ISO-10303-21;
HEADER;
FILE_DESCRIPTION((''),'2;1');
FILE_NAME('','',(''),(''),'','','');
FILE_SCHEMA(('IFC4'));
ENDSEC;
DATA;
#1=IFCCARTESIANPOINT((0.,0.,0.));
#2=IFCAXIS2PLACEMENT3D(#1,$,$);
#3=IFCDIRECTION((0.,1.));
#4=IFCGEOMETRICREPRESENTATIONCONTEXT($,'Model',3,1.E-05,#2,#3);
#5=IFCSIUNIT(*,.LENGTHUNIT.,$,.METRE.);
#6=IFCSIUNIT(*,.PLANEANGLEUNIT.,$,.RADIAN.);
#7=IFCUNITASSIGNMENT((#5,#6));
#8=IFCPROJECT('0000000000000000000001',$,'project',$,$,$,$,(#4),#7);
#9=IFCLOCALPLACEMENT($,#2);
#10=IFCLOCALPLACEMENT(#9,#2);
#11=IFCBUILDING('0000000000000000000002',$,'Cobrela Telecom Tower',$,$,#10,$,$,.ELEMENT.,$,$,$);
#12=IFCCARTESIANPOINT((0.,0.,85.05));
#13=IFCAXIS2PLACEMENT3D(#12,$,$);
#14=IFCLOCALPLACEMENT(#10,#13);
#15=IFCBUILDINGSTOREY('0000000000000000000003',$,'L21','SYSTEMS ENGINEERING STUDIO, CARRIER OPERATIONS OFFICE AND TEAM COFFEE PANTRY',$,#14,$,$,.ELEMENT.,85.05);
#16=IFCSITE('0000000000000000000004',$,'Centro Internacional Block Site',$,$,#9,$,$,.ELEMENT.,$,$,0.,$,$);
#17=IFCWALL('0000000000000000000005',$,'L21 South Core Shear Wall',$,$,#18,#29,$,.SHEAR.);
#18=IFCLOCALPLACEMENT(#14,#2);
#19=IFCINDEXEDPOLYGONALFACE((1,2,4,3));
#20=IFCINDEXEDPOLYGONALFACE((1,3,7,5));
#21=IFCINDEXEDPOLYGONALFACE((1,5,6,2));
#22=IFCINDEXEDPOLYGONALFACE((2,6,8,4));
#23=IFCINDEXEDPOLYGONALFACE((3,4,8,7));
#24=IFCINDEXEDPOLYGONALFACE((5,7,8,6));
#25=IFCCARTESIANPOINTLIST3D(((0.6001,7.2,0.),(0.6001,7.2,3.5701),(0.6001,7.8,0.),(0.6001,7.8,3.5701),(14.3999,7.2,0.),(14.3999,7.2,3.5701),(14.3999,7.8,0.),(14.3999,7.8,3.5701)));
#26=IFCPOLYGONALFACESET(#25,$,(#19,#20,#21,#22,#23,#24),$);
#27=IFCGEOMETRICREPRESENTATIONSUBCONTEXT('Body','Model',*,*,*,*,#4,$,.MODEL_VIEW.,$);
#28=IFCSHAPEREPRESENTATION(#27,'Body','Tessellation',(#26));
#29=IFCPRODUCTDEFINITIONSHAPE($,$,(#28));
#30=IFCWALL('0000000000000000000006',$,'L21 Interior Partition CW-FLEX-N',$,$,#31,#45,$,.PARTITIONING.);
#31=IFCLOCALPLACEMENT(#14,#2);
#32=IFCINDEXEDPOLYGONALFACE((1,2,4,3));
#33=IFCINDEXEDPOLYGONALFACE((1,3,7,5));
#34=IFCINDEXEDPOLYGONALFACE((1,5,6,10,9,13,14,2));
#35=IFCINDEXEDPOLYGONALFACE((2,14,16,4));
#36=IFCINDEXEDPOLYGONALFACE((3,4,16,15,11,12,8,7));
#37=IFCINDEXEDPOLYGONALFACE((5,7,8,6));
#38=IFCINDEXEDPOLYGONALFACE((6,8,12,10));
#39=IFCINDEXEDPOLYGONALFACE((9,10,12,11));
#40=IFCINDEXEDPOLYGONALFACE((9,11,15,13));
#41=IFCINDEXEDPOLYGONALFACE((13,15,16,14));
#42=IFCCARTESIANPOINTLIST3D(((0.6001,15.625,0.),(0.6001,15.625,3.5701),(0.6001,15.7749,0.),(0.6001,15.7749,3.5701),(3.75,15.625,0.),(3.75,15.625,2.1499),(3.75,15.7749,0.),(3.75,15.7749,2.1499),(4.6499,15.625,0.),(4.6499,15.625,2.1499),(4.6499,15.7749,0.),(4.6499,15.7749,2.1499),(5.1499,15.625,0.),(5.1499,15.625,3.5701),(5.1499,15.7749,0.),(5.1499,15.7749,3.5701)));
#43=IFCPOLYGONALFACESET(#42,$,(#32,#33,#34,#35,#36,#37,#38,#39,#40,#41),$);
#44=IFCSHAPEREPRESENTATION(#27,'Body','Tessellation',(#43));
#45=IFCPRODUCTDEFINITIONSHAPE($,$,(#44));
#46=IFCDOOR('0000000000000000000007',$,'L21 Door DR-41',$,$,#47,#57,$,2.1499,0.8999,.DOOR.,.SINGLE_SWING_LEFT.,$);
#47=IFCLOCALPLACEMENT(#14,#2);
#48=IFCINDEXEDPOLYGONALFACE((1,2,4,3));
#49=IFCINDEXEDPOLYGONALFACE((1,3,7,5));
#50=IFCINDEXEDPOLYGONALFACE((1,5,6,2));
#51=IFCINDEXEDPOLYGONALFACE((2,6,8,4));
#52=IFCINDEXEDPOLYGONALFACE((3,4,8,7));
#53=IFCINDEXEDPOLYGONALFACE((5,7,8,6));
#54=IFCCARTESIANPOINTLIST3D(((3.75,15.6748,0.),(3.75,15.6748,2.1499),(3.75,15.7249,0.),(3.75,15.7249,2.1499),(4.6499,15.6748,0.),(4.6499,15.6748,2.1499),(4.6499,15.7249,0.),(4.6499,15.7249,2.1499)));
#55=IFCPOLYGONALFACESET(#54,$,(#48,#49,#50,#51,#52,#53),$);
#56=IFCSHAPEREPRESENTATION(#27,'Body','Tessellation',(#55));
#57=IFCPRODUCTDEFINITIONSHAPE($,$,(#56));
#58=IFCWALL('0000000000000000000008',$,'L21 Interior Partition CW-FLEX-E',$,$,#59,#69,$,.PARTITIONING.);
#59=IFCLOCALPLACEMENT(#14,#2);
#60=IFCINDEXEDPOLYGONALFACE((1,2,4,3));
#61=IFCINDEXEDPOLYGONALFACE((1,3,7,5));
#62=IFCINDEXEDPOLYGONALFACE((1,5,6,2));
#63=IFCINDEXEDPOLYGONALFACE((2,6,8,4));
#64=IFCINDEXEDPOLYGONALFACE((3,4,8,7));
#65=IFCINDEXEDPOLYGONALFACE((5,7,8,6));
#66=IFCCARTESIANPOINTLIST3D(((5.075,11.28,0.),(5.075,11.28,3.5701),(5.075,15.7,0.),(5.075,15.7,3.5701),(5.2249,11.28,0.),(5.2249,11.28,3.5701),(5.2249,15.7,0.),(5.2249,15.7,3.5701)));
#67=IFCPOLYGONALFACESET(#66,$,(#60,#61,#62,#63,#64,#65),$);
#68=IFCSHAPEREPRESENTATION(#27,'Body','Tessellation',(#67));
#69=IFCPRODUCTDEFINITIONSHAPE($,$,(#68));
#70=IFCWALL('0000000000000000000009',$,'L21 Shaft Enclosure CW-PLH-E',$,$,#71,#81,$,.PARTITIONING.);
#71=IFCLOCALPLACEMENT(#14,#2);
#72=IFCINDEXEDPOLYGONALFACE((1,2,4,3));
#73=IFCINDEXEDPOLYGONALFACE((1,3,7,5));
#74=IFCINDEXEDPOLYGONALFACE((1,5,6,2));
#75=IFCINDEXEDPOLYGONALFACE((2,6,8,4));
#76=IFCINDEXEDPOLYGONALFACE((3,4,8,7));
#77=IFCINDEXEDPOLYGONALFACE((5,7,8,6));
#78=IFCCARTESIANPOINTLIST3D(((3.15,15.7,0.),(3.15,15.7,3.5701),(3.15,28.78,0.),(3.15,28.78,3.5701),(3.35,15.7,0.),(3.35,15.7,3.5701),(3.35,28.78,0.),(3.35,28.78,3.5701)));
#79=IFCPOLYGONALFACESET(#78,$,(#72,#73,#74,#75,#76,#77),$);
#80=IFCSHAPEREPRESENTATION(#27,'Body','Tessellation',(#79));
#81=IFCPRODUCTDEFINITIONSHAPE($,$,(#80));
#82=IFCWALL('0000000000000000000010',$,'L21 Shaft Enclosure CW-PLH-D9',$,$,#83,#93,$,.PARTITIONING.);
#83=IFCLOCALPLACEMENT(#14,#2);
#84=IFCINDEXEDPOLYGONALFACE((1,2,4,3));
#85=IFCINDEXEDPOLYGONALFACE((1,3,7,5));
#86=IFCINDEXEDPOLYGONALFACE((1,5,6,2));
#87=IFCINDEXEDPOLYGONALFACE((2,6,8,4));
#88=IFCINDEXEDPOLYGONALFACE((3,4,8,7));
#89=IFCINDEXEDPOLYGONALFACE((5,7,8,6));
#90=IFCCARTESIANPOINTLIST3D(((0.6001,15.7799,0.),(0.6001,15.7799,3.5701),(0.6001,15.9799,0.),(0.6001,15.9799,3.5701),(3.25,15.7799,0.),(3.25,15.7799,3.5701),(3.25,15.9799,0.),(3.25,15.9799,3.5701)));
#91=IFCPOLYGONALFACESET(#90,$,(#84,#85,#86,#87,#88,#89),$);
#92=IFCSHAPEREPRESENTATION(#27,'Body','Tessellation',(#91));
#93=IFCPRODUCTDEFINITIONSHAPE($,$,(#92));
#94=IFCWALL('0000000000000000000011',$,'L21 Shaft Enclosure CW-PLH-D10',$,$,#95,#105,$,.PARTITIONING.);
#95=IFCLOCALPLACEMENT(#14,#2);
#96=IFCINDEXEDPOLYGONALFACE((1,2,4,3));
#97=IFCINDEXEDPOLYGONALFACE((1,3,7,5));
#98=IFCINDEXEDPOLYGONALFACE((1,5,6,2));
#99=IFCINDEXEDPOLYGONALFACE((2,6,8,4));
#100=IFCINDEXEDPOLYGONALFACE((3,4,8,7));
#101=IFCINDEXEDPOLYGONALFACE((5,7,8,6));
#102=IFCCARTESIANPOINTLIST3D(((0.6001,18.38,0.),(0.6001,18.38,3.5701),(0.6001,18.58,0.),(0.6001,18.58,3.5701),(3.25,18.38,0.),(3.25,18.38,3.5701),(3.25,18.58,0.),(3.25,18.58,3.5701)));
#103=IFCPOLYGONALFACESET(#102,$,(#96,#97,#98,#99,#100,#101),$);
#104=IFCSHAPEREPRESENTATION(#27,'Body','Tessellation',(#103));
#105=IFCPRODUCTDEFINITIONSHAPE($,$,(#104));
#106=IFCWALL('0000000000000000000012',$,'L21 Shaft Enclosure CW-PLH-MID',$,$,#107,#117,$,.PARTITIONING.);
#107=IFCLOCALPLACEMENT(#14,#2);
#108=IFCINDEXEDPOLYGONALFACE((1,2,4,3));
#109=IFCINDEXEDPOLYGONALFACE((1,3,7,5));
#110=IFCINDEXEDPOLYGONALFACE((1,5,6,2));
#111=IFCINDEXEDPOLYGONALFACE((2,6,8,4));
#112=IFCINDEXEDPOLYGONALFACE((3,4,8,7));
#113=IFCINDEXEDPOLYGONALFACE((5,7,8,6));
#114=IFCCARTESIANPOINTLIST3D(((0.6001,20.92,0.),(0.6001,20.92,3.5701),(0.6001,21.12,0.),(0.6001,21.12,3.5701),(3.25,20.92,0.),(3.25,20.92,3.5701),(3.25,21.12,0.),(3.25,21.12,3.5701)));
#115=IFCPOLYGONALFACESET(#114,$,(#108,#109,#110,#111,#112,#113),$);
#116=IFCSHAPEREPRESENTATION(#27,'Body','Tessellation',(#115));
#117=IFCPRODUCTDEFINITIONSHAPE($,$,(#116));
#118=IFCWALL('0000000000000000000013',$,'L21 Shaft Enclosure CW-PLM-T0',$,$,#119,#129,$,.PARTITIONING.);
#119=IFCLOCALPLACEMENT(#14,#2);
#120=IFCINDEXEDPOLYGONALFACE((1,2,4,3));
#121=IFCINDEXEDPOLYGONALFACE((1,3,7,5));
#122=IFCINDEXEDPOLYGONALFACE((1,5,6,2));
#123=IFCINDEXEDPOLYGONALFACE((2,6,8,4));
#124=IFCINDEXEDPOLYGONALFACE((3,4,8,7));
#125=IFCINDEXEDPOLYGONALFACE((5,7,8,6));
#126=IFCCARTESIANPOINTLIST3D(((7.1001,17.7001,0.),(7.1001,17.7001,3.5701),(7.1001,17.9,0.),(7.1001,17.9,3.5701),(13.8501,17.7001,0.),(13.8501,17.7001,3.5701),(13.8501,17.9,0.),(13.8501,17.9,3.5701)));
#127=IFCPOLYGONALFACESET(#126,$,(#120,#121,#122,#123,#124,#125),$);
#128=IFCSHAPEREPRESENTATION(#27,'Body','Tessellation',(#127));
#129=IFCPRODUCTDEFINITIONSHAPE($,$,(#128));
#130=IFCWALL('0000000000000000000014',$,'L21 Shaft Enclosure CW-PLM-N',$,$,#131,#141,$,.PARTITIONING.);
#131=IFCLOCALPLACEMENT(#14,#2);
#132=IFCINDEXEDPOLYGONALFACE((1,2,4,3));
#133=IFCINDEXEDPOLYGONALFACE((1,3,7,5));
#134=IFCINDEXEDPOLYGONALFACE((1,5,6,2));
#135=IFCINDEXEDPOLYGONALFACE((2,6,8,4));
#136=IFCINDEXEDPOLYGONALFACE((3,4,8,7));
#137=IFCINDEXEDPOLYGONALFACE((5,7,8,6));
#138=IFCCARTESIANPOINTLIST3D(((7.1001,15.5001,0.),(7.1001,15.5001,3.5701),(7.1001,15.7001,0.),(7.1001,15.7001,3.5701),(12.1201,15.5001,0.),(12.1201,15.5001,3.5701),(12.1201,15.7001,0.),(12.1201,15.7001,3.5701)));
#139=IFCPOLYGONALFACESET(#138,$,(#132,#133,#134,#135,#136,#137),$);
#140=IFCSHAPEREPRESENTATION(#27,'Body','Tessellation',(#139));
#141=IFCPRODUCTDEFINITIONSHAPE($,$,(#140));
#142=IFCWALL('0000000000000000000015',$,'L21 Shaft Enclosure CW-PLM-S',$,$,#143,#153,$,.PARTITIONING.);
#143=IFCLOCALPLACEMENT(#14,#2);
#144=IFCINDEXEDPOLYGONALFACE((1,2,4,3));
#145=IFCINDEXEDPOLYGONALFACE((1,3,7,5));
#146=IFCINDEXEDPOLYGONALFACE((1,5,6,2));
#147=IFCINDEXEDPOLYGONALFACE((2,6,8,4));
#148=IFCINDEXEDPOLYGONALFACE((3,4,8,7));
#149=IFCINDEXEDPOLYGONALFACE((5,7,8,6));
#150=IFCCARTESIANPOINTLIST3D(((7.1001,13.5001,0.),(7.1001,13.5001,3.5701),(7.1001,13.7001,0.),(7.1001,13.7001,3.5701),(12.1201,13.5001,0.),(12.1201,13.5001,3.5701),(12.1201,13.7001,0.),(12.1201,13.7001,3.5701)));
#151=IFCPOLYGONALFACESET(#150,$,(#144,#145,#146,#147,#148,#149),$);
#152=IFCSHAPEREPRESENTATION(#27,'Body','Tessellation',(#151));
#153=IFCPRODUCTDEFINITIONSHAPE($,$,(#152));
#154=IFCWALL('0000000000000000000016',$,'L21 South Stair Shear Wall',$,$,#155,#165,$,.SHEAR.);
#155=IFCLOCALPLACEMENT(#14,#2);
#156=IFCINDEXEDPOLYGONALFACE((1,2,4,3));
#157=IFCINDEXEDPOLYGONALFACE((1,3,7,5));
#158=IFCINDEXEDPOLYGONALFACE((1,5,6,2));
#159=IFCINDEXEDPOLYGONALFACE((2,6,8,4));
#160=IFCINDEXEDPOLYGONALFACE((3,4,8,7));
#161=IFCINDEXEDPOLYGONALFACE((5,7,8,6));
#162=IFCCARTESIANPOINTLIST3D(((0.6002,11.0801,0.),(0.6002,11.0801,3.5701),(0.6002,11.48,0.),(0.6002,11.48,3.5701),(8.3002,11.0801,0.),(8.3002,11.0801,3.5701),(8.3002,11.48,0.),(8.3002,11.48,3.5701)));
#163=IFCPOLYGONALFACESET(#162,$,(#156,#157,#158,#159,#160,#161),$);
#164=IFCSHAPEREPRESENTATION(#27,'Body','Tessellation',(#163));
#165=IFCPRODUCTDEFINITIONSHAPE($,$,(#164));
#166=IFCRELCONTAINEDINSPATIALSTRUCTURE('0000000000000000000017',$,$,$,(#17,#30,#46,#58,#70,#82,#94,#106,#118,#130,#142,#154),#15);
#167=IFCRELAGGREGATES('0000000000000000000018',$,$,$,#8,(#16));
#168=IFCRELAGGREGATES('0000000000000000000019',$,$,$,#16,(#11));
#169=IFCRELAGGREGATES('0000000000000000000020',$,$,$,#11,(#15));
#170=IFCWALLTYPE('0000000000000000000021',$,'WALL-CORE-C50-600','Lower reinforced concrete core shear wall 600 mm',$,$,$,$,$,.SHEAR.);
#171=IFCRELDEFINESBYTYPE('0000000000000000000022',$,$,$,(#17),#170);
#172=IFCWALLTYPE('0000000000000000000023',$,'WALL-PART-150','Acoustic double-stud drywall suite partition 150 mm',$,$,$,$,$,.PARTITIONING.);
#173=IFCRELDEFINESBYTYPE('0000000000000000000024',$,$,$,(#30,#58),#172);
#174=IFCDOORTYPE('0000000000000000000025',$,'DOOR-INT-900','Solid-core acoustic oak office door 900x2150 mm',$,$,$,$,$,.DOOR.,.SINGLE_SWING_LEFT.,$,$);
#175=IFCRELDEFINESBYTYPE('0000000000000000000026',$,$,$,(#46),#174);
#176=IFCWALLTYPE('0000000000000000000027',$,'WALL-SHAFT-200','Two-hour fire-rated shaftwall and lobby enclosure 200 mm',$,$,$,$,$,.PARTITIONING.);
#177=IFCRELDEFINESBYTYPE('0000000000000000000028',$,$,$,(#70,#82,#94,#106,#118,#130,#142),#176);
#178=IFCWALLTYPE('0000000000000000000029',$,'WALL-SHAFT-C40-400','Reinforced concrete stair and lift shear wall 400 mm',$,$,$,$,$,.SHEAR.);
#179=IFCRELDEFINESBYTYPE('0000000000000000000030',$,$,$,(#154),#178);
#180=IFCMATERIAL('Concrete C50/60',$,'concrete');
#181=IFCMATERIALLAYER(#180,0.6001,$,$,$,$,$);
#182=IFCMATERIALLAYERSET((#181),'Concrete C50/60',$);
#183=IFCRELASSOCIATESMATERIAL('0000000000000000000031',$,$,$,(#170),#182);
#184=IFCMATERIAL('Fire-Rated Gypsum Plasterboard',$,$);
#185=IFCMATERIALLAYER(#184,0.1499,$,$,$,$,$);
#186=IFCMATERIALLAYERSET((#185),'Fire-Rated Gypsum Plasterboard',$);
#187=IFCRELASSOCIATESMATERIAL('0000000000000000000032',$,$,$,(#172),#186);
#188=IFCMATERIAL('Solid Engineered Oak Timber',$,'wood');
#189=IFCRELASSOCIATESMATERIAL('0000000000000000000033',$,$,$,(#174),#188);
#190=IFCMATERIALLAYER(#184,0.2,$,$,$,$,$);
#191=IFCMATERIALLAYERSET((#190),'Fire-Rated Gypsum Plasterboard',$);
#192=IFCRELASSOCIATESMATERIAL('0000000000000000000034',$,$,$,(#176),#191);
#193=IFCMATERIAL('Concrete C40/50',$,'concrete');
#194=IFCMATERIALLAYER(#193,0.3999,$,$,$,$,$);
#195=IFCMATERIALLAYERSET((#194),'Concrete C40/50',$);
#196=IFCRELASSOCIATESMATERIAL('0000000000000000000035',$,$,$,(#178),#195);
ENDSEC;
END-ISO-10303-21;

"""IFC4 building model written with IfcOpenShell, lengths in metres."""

from ifc_helpers import new_model, si_unit, direction, frame, frame_2d, origin, place, context, subcontext, project, spatial, rectangle, extrude, material, layer, layer_set, type_object, element, fill, save


model = new_model("IFC4")

# Units and contexts
model_context = context("Model", 3, precision=1e-05, world=origin(), true_north=direction((0.0, 1.0)))
body_context = subcontext(model_context, "Body", "Model", "MODEL_VIEW")
ifc_project = project(units=[si_unit("LENGTHUNIT", "METRE"), si_unit("PLANEANGLEUNIT", "RADIAN")], contexts=[model_context])

# Site, building, storey
site_placement = place(None, origin())
site = spatial("IfcSite", under=ifc_project, at=site_placement, Name="Centro Internacional Block Site", CompositionType="ELEMENT", RefElevation=0.0)
building_placement = place(site_placement, origin())
building = spatial("IfcBuilding", under=site, at=building_placement, Name="Cobrela Telecom Tower", CompositionType="ELEMENT")
storey_placement = place(building_placement, frame((0.0, 0.0, 85.05)))
storey = spatial("IfcBuildingStorey", under=building, at=storey_placement, Name="L21", Description="SYSTEMS ENGINEERING STUDIO, CARRIER OPERATIONS OFFICE AND TEAM COFFEE PANTRY", CompositionType="ELEMENT", Elevation=85.05)

# Wall
ifc_material_1 = material(Name="Concrete C50/60", Category="concrete")
ifc_layer_1 = layer(ifc_material_1, 0.6001)
ifc_layer_set_1 = layer_set([ifc_layer_1], Name="Concrete C50/60")
wall_type_1 = type_object("IfcWallType", Name="WALL-CORE-C50-600", Description="Lower reinforced concrete core shear wall 600 mm", PredefinedType="SHEAR", material=ifc_layer_set_1)
wall_1_placement = place(storey_placement, frame((0.6001, 7.5, 0.0), z_axis=(0.0, 0.0, 1.0), x_axis=(1.0, 0.0, 0.0)))
element("IfcWall", 1, at=wall_1_placement, inside=storey, type_object=wall_type_1, Name="L21 South Core Shear Wall", PredefinedType="SHEAR", context=body_context, shape_type="SweptSolid", body=[
    extrude(rectangle(XDim=13.7998, YDim=0.6001, at=frame_2d((6.8999, 0.0))), origin(), (0.0, 0.0, 1.0), 3.5701),
])

# Wall, opening, door
ifc_material_2 = material(Name="Fire-Rated Gypsum Plasterboard")
ifc_layer_2 = layer(ifc_material_2, 0.1499)
ifc_layer_set_2 = layer_set([ifc_layer_2], Name="Fire-Rated Gypsum Plasterboard")
wall_type_2 = type_object("IfcWallType", Name="WALL-PART-150", Description="Acoustic double-stud drywall suite partition 150 mm", PredefinedType="PARTITIONING", material=ifc_layer_set_2)
wall_2_placement = place(storey_placement, frame((0.6001, 15.7, 0.0), z_axis=(0.0, 0.0, 1.0), x_axis=(1.0, 0.0, 0.0)))
wall_2 = element("IfcWall", 2, at=wall_2_placement, inside=storey, type_object=wall_type_2, Name="L21 Interior Partition CW-FLEX-N", PredefinedType="PARTITIONING", context=body_context, shape_type="SweptSolid", body=[
    extrude(rectangle(XDim=4.5498, YDim=0.1499, at=frame_2d((2.2749, 0.0))), origin(), (0.0, 0.0, 1.0), 3.5701),
])
opening_placement = place(wall_2_placement, frame((3.1499, 0.0, 0.0)))
opening = element("IfcOpeningElement", 3, at=opening_placement, cuts=wall_2, PredefinedType="OPENING", context=body_context, shape_type="SweptSolid", body=[
    extrude(rectangle(XDim=0.8999, YDim=2.1499, at=frame_2d((0.45, 1.075))), frame((0.0, 0.0869, 0.0), z_axis=(0.0, -1.0, 0.0), x_axis=(1.0, 0.0, 0.0)), (0.0, 0.0, 1.0), 0.1738),
])
ifc_material_3 = material(Name="Solid Engineered Oak Timber", Category="wood")
door_type = type_object("IfcDoorType", Name="DOOR-INT-900", Description="Solid-core acoustic oak office door 900x2150 mm", OperationType="SINGLE_SWING_LEFT", PredefinedType="DOOR", material=ifc_material_3)
door_placement = place(opening_placement, origin())
door = element("IfcDoor", 4, at=door_placement, inside=storey, type_object=door_type, Name="L21 Door DR-41", OperationType="SINGLE_SWING_LEFT", OverallHeight=2.1499, OverallWidth=0.8999, PredefinedType="DOOR", context=body_context, shape_type="SweptSolid", body=[
    extrude(rectangle(XDim=0.8999, YDim=2.1499, at=frame_2d((0.45, 1.075))), frame((0.0, 0.0249, 0.0), z_axis=(0.0, -1.0, 0.0), x_axis=(1.0, 0.0, 0.0)), (0.0, 0.0, 1.0), 0.05),
])
fill(opening, door)

# Walls
wall_3_placement = place(storey_placement, frame((5.1499, 11.28, 0.0), z_axis=(0.0, 0.0, 1.0), x_axis=(0.0, 1.0, 0.0)))
element("IfcWall", 5, at=wall_3_placement, inside=storey, type_object=wall_type_2, Name="L21 Interior Partition CW-FLEX-E", PredefinedType="PARTITIONING", context=body_context, shape_type="SweptSolid", body=[
    extrude(rectangle(XDim=4.4199, YDim=0.1499, at=frame_2d((2.21, 0.0))), origin(), (0.0, 0.0, 1.0), 3.5701),
])
ifc_layer_3 = layer(ifc_material_2, 0.2)
ifc_layer_set_3 = layer_set([ifc_layer_3], Name="Fire-Rated Gypsum Plasterboard")
wall_type_3 = type_object("IfcWallType", Name="WALL-SHAFT-200", Description="Two-hour fire-rated shaftwall and lobby enclosure 200 mm", PredefinedType="PARTITIONING", material=ifc_layer_set_3)
wall_4_placement = place(storey_placement, frame((3.25, 15.7, 0.0), z_axis=(0.0, 0.0, 1.0), x_axis=(0.0, 1.0, 0.0)))
element("IfcWall", 6, at=wall_4_placement, inside=storey, type_object=wall_type_3, Name="L21 Shaft Enclosure CW-PLH-E", PredefinedType="PARTITIONING", context=body_context, shape_type="SweptSolid", body=[
    extrude(rectangle(XDim=13.0801, YDim=0.2, at=frame_2d((6.54, 0.0))), origin(), (0.0, 0.0, 1.0), 3.5701),
])
for number, where, z_axis, x_axis, name in (
    (7, (0.6001, 15.8799, 0.0), (0.0, 0.0, 1.0), (1.0, 0.0, 0.0), "L21 Shaft Enclosure CW-PLH-D9"),
    (8, (0.6001, 18.48, 0.0), (0.0, 0.0, 1.0), (1.0, 0.0, 0.0), "L21 Shaft Enclosure CW-PLH-D10"),
    (9, (0.6001, 21.02, 0.0), (0.0, 0.0, 1.0), (1.0, 0.0, 0.0), "L21 Shaft Enclosure CW-PLH-MID"),
):
    element("IfcWall", number, at=place(storey_placement, frame(where, z_axis=z_axis, x_axis=x_axis)), inside=storey, type_object=wall_type_3, Name=name, PredefinedType="PARTITIONING", context=body_context, shape_type="SweptSolid", body=[
        extrude(rectangle(XDim=2.6499, YDim=0.2, at=frame_2d((1.325, 0.0))), origin(), (0.0, 0.0, 1.0), 3.5701),
    ])
wall_5_placement = place(storey_placement, frame((7.1001, 17.8, 0.0), z_axis=(0.0, 0.0, 1.0), x_axis=(1.0, 0.0, 0.0)))
element("IfcWall", 10, at=wall_5_placement, inside=storey, type_object=wall_type_3, Name="L21 Shaft Enclosure CW-PLM-T0", PredefinedType="PARTITIONING", context=body_context, shape_type="SweptSolid", body=[
    extrude(rectangle(XDim=6.75, YDim=0.2, at=frame_2d((3.375, 0.0))), origin(), (0.0, 0.0, 1.0), 3.5701),
])
for number, where, z_axis, x_axis, name in (
    (11, (7.1001, 15.6001, 0.0), (0.0, 0.0, 1.0), (1.0, 0.0, 0.0), "L21 Shaft Enclosure CW-PLM-N"),
    (12, (7.1001, 13.6001, 0.0), (0.0, 0.0, 1.0), (1.0, 0.0, 0.0), "L21 Shaft Enclosure CW-PLM-S"),
):
    element("IfcWall", number, at=place(storey_placement, frame(where, z_axis=z_axis, x_axis=x_axis)), inside=storey, type_object=wall_type_3, Name=name, PredefinedType="PARTITIONING", context=body_context, shape_type="SweptSolid", body=[
        extrude(rectangle(XDim=5.02, YDim=0.2, at=frame_2d((2.51, 0.0))), origin(), (0.0, 0.0, 1.0), 3.5701),
    ])
ifc_material_4 = material(Name="Concrete C40/50", Category="concrete")
ifc_layer_4 = layer(ifc_material_4, 0.3999)
ifc_layer_set_4 = layer_set([ifc_layer_4], Name="Concrete C40/50")
wall_type_4 = type_object("IfcWallType", Name="WALL-SHAFT-C40-400", Description="Reinforced concrete stair and lift shear wall 400 mm", PredefinedType="SHEAR", material=ifc_layer_set_4)
wall_6_placement = place(storey_placement, frame((0.6001, 11.28, 0.0), z_axis=(0.0, 0.0, 1.0), x_axis=(1.0, 0.0, 0.0)))
element("IfcWall", 13, at=wall_6_placement, inside=storey, type_object=wall_type_4, Name="L21 South Stair Shear Wall", PredefinedType="SHEAR", context=body_context, shape_type="SweptSolid", body=[
    extrude(rectangle(XDim=7.7, YDim=0.3999, at=frame_2d((3.8501, 0.0))), origin(), (0.0, 0.0, 1.0), 3.5701),
])

save(model, "model.ifc")
